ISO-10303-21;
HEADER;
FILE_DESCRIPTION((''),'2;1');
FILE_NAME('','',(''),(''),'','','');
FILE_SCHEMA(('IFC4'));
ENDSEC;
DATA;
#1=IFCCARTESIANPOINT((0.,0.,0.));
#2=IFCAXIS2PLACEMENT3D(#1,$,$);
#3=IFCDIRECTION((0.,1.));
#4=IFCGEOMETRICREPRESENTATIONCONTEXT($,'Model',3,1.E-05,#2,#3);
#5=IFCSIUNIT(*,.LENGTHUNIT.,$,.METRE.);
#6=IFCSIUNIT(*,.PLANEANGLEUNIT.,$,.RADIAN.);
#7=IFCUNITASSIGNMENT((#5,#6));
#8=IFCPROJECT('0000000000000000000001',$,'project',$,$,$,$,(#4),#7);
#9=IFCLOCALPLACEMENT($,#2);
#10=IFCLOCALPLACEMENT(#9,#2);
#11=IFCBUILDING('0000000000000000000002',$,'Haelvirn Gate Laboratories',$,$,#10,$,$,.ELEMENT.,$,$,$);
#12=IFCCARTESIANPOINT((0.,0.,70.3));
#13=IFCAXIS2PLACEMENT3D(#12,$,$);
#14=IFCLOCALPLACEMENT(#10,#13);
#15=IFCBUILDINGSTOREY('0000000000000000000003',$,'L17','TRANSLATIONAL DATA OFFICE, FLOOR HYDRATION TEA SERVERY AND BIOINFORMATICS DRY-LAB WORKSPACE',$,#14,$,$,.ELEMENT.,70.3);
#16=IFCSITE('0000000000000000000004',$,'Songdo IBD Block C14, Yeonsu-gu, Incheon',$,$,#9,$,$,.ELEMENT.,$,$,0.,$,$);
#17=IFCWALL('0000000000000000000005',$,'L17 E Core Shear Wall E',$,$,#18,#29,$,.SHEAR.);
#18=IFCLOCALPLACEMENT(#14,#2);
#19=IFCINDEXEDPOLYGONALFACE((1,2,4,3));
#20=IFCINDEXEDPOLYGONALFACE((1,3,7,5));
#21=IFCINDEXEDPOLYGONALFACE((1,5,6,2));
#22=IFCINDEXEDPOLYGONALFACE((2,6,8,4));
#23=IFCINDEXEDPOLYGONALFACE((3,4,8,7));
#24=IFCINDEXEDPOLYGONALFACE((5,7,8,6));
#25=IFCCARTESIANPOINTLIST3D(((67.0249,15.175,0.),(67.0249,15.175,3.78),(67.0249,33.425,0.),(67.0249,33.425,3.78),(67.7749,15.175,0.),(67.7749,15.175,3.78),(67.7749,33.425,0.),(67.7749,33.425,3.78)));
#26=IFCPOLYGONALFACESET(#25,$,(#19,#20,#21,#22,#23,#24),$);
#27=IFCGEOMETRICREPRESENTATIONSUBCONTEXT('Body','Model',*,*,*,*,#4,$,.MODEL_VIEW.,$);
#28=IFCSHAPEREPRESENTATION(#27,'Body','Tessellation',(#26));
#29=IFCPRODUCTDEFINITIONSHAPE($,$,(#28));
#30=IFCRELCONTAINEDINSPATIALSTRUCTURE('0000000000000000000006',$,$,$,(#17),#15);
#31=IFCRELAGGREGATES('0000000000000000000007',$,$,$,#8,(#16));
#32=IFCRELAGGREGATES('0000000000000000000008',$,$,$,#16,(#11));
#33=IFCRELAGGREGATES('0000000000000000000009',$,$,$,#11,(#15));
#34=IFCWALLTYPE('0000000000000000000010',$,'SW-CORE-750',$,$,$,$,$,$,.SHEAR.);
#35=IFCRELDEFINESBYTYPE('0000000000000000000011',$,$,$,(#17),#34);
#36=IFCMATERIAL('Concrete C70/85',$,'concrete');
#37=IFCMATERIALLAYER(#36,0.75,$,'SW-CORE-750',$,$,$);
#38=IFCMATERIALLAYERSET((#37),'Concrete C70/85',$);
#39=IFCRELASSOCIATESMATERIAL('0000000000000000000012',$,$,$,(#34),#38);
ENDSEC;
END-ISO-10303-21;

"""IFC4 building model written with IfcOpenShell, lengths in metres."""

from ifc_helpers import new_model, si_unit, direction, frame, frame_2d, origin, place, context, subcontext, project, spatial, rectangle, extrude, material, layer, layer_set, type_object, element, save


model = new_model("IFC4")

# Units and contexts
model_context = context("Model", 3, precision=1e-05, world=origin(), true_north=direction((0.0, 1.0)))
body_context = subcontext(model_context, "Body", "Model", "MODEL_VIEW")
ifc_project = project(units=[si_unit("LENGTHUNIT", "METRE"), si_unit("PLANEANGLEUNIT", "RADIAN")], contexts=[model_context])

# Site, building, storey
site_placement = place(None, origin())
site = spatial("IfcSite", under=ifc_project, at=site_placement, Name="Songdo IBD Block C14, Yeonsu-gu, Incheon", CompositionType="ELEMENT", RefElevation=0.0)
building_placement = place(site_placement, origin())
building = spatial("IfcBuilding", under=site, at=building_placement, Name="Haelvirn Gate Laboratories", CompositionType="ELEMENT")
storey_placement = place(building_placement, frame((0.0, 0.0, 70.3)))
storey = spatial("IfcBuildingStorey", under=building, at=storey_placement, Name="L17", Description="TRANSLATIONAL DATA OFFICE, FLOOR HYDRATION TEA SERVERY AND BIOINFORMATICS DRY-LAB WORKSPACE", CompositionType="ELEMENT", Elevation=70.3)

# Shared definitions
ifc_material_1 = material(Name="Concrete C70/85", Category="concrete")

# Wall
ifc_layer_1 = layer(ifc_material_1, 0.75, Name="SW-CORE-750")
ifc_layer_set_1 = layer_set([ifc_layer_1], Name="Concrete C70/85")
wall_type_1 = type_object("IfcWallType", Name="SW-CORE-750", PredefinedType="SHEAR", material=ifc_layer_set_1)
wall_1_placement = place(storey_placement, frame((67.3999, 15.175, 0.0), z_axis=(0.0, 0.0, 1.0), x_axis=(0.0, 1.0, 0.0)))
element("IfcWall", 1, at=wall_1_placement, inside=storey, type_object=wall_type_1, Name="L17 E Core Shear Wall E", PredefinedType="SHEAR", context=body_context, shape_type="SweptSolid", body=[
    extrude(rectangle(XDim=18.25, YDim=0.75, at=frame_2d((9.125, 0.0))), origin(), (0.0, 0.0, 1.0), 3.78),
])

save(model, "model.ifc")
